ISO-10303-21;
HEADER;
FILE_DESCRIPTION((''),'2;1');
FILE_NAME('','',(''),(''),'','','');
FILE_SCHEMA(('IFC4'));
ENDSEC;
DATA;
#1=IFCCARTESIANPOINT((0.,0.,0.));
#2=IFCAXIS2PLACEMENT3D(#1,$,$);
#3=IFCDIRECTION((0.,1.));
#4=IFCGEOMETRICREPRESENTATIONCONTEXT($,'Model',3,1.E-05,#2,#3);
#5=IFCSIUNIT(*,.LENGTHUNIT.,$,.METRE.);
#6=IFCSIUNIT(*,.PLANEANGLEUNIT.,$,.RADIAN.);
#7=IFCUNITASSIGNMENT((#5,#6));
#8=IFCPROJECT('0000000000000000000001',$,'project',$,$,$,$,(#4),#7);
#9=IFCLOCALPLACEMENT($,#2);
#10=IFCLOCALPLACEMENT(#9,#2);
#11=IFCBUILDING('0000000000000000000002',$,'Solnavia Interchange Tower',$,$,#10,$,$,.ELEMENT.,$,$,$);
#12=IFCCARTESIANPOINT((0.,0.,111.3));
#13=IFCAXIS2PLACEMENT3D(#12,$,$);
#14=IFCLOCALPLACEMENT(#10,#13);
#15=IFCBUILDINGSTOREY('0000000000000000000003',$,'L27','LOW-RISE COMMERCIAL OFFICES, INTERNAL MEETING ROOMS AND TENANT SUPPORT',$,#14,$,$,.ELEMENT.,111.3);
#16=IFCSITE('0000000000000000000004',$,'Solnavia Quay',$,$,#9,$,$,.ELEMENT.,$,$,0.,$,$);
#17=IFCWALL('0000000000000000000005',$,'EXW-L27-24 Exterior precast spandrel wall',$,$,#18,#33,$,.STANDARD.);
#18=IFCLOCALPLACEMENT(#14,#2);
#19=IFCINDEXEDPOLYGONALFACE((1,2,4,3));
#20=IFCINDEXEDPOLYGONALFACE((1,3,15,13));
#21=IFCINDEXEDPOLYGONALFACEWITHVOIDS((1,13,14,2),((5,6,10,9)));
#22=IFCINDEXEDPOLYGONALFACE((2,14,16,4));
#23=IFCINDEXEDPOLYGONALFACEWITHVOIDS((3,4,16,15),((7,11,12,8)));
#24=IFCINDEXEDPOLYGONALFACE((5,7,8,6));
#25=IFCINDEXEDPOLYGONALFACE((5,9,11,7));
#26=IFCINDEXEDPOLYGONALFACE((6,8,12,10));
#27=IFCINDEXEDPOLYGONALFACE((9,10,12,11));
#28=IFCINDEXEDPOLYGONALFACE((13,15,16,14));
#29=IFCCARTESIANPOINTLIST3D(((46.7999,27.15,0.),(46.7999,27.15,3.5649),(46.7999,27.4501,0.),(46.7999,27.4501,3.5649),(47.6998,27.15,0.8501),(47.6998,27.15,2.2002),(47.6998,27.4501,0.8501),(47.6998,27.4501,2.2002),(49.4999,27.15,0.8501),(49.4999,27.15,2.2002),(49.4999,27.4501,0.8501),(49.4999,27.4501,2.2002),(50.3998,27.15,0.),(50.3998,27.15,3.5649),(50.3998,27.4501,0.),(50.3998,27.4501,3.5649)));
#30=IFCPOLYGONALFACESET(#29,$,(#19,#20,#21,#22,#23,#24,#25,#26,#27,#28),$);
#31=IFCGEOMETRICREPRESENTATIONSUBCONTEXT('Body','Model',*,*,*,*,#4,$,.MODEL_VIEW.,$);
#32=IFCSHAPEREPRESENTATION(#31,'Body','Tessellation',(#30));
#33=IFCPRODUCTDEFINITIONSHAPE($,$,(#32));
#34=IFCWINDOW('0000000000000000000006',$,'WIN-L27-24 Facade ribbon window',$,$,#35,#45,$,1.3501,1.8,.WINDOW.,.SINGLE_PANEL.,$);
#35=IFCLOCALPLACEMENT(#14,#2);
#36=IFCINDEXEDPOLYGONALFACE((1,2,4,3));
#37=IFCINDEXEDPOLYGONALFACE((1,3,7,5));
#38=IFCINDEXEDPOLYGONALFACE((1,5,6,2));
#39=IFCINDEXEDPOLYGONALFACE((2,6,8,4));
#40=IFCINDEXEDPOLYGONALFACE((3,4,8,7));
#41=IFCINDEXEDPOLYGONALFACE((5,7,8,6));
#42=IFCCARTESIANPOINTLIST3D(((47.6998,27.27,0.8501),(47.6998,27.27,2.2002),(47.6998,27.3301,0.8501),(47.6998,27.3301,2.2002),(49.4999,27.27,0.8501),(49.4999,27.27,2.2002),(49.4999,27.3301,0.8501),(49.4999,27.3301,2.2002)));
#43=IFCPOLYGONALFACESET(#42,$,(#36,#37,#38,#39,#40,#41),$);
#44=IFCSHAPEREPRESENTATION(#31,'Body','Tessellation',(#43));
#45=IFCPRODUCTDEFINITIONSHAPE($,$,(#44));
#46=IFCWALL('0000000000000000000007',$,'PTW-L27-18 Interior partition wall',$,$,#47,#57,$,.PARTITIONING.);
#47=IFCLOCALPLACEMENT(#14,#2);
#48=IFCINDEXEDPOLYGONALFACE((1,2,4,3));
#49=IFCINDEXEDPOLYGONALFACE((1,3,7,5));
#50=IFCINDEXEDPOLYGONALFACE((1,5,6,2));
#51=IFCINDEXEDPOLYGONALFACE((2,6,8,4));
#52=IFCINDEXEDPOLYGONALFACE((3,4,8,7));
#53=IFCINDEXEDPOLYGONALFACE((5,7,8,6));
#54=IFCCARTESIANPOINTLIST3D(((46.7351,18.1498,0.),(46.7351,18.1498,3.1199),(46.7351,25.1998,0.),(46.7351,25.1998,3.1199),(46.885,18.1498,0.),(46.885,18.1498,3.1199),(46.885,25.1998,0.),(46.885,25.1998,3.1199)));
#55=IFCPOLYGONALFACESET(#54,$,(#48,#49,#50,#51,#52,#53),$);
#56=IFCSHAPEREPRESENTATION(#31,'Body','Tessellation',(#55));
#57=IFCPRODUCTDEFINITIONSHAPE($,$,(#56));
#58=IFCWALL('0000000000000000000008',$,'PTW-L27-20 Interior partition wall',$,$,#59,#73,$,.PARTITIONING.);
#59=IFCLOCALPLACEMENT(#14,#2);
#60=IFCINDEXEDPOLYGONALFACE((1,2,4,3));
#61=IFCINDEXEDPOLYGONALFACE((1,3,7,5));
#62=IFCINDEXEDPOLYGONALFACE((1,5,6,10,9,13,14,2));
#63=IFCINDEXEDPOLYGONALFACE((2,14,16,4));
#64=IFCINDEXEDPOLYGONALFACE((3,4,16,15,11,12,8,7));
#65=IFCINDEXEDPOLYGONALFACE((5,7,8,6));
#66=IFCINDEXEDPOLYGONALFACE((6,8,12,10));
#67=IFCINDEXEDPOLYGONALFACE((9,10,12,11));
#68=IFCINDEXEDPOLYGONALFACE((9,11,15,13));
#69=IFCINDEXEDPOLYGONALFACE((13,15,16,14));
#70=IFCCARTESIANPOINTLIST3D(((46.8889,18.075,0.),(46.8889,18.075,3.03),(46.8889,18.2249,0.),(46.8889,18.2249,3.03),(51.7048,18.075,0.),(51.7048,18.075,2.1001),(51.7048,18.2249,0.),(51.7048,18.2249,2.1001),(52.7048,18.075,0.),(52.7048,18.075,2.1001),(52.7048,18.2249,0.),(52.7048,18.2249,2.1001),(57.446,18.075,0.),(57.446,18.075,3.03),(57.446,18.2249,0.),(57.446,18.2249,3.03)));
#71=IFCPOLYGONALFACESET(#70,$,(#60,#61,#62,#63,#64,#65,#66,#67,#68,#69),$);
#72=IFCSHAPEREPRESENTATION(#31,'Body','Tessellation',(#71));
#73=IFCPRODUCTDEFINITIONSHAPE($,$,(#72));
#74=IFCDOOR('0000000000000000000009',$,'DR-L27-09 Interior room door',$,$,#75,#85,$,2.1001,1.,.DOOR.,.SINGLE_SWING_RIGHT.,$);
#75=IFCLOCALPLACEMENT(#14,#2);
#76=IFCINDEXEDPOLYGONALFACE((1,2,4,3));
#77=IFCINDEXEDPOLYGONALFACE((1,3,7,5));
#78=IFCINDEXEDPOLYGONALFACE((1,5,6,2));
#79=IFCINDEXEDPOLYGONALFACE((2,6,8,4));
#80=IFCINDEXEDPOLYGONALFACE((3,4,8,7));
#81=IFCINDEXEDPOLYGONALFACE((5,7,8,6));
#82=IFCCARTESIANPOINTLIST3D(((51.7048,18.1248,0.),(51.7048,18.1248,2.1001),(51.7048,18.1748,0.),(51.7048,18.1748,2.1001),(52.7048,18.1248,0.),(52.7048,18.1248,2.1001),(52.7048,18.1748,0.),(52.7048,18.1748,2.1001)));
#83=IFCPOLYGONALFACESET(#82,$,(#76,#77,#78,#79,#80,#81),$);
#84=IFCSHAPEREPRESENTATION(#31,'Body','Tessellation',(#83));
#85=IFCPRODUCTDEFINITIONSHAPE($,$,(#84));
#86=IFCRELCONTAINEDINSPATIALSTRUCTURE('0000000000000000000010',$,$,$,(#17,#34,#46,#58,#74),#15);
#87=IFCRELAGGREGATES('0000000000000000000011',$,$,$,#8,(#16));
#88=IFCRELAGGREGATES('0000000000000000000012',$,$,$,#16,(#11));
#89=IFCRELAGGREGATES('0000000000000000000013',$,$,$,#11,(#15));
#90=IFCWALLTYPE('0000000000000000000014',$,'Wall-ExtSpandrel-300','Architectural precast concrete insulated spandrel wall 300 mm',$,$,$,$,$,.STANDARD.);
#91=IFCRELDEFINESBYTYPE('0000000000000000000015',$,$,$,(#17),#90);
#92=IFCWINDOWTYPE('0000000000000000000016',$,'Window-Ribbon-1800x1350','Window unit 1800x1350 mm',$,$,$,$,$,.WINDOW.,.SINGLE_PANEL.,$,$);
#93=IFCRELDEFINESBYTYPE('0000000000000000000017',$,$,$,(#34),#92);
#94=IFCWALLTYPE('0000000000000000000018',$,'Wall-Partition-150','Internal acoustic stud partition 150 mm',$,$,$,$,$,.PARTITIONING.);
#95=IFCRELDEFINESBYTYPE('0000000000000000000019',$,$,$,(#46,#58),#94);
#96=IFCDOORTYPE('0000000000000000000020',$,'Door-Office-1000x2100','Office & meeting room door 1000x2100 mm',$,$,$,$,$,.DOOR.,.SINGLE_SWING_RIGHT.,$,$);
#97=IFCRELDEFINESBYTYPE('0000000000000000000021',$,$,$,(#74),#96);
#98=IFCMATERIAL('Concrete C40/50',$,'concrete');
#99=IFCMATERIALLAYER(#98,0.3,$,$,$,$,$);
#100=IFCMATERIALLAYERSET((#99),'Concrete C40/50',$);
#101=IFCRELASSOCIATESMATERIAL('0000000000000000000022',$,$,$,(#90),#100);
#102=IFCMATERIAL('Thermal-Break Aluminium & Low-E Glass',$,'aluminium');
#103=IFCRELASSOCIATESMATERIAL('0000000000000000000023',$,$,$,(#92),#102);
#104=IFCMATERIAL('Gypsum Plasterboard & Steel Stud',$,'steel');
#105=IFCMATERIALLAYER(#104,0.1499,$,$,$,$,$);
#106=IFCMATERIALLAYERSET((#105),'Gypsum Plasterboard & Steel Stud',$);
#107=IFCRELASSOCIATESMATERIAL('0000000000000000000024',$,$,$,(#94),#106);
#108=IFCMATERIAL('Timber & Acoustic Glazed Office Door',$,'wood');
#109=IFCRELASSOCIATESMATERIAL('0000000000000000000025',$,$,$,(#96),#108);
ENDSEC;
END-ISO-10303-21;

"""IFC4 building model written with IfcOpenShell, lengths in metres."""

from ifc_helpers import new_model, si_unit, direction, frame, frame_2d, origin, place, context, subcontext, project, spatial, rectangle, extrude, material, layer, layer_set, type_object, element, fill, save


model = new_model("IFC4")

# Units and contexts
model_context = context("Model", 3, precision=1e-05, world=origin(), true_north=direction((0.0, 1.0)))
body_context = subcontext(model_context, "Body", "Model", "MODEL_VIEW")
ifc_project = project(units=[si_unit("LENGTHUNIT", "METRE"), si_unit("PLANEANGLEUNIT", "RADIAN")], contexts=[model_context])

# Site, building, storey
site_placement = place(None, origin())
site = spatial("IfcSite", under=ifc_project, at=site_placement, Name="Solnavia Quay", CompositionType="ELEMENT", RefElevation=0.0)
building_placement = place(site_placement, origin())
building = spatial("IfcBuilding", under=site, at=building_placement, Name="Solnavia Interchange Tower", CompositionType="ELEMENT")
storey_placement = place(building_placement, frame((0.0, 0.0, 111.3)))
storey = spatial("IfcBuildingStorey", under=building, at=storey_placement, Name="L27", Description="LOW-RISE COMMERCIAL OFFICES, INTERNAL MEETING ROOMS AND TENANT SUPPORT", CompositionType="ELEMENT", Elevation=111.3)

# Shared definitions
ifc_material_1 = material(Name="Concrete C40/50", Category="concrete")
ifc_layer_1 = layer(ifc_material_1, 0.3)
ifc_layer_set_1 = layer_set([ifc_layer_1], Name="Concrete C40/50")
wall_type_1 = type_object("IfcWallType", Name="Wall-ExtSpandrel-300", Description="Architectural precast concrete insulated spandrel wall 300 mm", PredefinedType="STANDARD", material=ifc_layer_set_1)

# Wall, opening, window
wall_1_placement = place(storey_placement, frame((46.8, 27.3, 0.0), z_axis=(0.0, 0.0, 1.0), x_axis=(1.0, 0.0, 0.0)))
wall_1 = element("IfcWall", 1, at=wall_1_placement, inside=storey, type_object=wall_type_1, Name="EXW-L27-24 Exterior precast spandrel wall", PredefinedType="STANDARD", context=body_context, shape_type="SweptSolid", body=[
    extrude(rectangle(XDim=3.5999, YDim=0.3, at=frame_2d((1.7998, 0.0))), origin(), (0.0, 0.0, 1.0), 3.5649),
])
opening_1_placement = place(wall_1_placement, frame((0.8999, 0.0, 0.8501)))
opening_1 = element("IfcOpeningElement", 2, at=opening_1_placement, cuts=wall_1, PredefinedType="OPENING", context=body_context, shape_type="SweptSolid", body=[
    extrude(rectangle(XDim=1.8, YDim=1.3501, at=frame_2d((0.8999, 0.675))), frame((0.0, 0.1602, 0.0), z_axis=(0.0, -1.0, 0.0), x_axis=(1.0, 0.0, 0.0)), (0.0, 0.0, 1.0), 0.3201),
])
ifc_material_2 = material(Name="Thermal-Break Aluminium & Low-E Glass", Category="aluminium")
window_type = type_object("IfcWindowType", Name="Window-Ribbon-1800x1350", Description="Window unit 1800x1350 mm", PartitioningType="SINGLE_PANEL", PredefinedType="WINDOW", material=ifc_material_2)
window_placement = place(opening_1_placement, origin())
window = element("IfcWindow", 3, at=window_placement, inside=storey, type_object=window_type, Name="WIN-L27-24 Facade ribbon window", OverallHeight=1.3501, OverallWidth=1.8, PartitioningType="SINGLE_PANEL", PredefinedType="WINDOW", context=body_context, shape_type="SweptSolid", body=[
    extrude(rectangle(XDim=1.8, YDim=1.3501, at=frame_2d((0.8999, 0.675))), frame((0.0, 0.03, 0.0), z_axis=(0.0, -1.0, 0.0), x_axis=(1.0, 0.0, 0.0)), (0.0, 0.0, 1.0), 0.0601),
])
fill(opening_1, window)

# Wall
ifc_material_3 = material(Name="Gypsum Plasterboard & Steel Stud", Category="steel")
ifc_layer_2 = layer(ifc_material_3, 0.1499)
ifc_layer_set_2 = layer_set([ifc_layer_2], Name="Gypsum Plasterboard & Steel Stud")
wall_type_2 = type_object("IfcWallType", Name="Wall-Partition-150", Description="Internal acoustic stud partition 150 mm", PredefinedType="PARTITIONING", material=ifc_layer_set_2)
wall_2_placement = place(storey_placement, frame((46.8101, 18.1499, 0.0), z_axis=(0.0, 0.0, 1.0), x_axis=(0.0, 1.0, 0.0)))
element("IfcWall", 4, at=wall_2_placement, inside=storey, type_object=wall_type_2, Name="PTW-L27-18 Interior partition wall", PredefinedType="PARTITIONING", context=body_context, shape_type="SweptSolid", body=[
    extrude(rectangle(XDim=7.05, YDim=0.1499, at=frame_2d((3.5249, 0.0))), origin(), (0.0, 0.0, 1.0), 3.1199),
])

# Wall, opening, door
wall_3_placement = place(storey_placement, frame((46.8889, 18.1499, 0.0), z_axis=(0.0, 0.0, 1.0), x_axis=(1.0, 0.0, 0.0)))
wall_3 = element("IfcWall", 5, at=wall_3_placement, inside=storey, type_object=wall_type_2, Name="PTW-L27-20 Interior partition wall", PredefinedType="PARTITIONING", context=body_context, shape_type="SweptSolid", body=[
    extrude(rectangle(XDim=10.5571, YDim=0.1499, at=frame_2d((5.2786, 0.0))), origin(), (0.0, 0.0, 1.0), 3.03),
])
opening_2_placement = place(wall_3_placement, frame((4.8159, 0.0, 0.0)))
opening_2 = element("IfcOpeningElement", 6, at=opening_2_placement, cuts=wall_3, PredefinedType="OPENING", context=body_context, shape_type="SweptSolid", body=[
    extrude(rectangle(XDim=1.0, YDim=2.1001, at=frame_2d((0.5, 1.05))), frame((0.0, 0.085, 0.0), z_axis=(0.0, -1.0, 0.0), x_axis=(1.0, 0.0, 0.0)), (0.0, 0.0, 1.0), 0.1699),
])
ifc_material_4 = material(Name="Timber & Acoustic Glazed Office Door", Category="wood")
door_type = type_object("IfcDoorType", Name="Door-Office-1000x2100", Description="Office & meeting room door 1000x2100 mm", OperationType="SINGLE_SWING_RIGHT", PredefinedType="DOOR", material=ifc_material_4)
door_placement = place(opening_2_placement, origin())
door = element("IfcDoor", 7, at=door_placement, inside=storey, type_object=door_type, Name="DR-L27-09 Interior room door", OperationType="SINGLE_SWING_RIGHT", OverallHeight=2.1001, OverallWidth=1.0, PredefinedType="DOOR", context=body_context, shape_type="SweptSolid", body=[
    extrude(rectangle(XDim=1.0, YDim=2.1001, at=frame_2d((0.5, 1.05))), frame((0.0, 0.0249, 0.0), z_axis=(0.0, -1.0, 0.0), x_axis=(1.0, 0.0, 0.0)), (0.0, 0.0, 1.0), 0.05),
])
fill(opening_2, door)

save(model, "model.ifc")
